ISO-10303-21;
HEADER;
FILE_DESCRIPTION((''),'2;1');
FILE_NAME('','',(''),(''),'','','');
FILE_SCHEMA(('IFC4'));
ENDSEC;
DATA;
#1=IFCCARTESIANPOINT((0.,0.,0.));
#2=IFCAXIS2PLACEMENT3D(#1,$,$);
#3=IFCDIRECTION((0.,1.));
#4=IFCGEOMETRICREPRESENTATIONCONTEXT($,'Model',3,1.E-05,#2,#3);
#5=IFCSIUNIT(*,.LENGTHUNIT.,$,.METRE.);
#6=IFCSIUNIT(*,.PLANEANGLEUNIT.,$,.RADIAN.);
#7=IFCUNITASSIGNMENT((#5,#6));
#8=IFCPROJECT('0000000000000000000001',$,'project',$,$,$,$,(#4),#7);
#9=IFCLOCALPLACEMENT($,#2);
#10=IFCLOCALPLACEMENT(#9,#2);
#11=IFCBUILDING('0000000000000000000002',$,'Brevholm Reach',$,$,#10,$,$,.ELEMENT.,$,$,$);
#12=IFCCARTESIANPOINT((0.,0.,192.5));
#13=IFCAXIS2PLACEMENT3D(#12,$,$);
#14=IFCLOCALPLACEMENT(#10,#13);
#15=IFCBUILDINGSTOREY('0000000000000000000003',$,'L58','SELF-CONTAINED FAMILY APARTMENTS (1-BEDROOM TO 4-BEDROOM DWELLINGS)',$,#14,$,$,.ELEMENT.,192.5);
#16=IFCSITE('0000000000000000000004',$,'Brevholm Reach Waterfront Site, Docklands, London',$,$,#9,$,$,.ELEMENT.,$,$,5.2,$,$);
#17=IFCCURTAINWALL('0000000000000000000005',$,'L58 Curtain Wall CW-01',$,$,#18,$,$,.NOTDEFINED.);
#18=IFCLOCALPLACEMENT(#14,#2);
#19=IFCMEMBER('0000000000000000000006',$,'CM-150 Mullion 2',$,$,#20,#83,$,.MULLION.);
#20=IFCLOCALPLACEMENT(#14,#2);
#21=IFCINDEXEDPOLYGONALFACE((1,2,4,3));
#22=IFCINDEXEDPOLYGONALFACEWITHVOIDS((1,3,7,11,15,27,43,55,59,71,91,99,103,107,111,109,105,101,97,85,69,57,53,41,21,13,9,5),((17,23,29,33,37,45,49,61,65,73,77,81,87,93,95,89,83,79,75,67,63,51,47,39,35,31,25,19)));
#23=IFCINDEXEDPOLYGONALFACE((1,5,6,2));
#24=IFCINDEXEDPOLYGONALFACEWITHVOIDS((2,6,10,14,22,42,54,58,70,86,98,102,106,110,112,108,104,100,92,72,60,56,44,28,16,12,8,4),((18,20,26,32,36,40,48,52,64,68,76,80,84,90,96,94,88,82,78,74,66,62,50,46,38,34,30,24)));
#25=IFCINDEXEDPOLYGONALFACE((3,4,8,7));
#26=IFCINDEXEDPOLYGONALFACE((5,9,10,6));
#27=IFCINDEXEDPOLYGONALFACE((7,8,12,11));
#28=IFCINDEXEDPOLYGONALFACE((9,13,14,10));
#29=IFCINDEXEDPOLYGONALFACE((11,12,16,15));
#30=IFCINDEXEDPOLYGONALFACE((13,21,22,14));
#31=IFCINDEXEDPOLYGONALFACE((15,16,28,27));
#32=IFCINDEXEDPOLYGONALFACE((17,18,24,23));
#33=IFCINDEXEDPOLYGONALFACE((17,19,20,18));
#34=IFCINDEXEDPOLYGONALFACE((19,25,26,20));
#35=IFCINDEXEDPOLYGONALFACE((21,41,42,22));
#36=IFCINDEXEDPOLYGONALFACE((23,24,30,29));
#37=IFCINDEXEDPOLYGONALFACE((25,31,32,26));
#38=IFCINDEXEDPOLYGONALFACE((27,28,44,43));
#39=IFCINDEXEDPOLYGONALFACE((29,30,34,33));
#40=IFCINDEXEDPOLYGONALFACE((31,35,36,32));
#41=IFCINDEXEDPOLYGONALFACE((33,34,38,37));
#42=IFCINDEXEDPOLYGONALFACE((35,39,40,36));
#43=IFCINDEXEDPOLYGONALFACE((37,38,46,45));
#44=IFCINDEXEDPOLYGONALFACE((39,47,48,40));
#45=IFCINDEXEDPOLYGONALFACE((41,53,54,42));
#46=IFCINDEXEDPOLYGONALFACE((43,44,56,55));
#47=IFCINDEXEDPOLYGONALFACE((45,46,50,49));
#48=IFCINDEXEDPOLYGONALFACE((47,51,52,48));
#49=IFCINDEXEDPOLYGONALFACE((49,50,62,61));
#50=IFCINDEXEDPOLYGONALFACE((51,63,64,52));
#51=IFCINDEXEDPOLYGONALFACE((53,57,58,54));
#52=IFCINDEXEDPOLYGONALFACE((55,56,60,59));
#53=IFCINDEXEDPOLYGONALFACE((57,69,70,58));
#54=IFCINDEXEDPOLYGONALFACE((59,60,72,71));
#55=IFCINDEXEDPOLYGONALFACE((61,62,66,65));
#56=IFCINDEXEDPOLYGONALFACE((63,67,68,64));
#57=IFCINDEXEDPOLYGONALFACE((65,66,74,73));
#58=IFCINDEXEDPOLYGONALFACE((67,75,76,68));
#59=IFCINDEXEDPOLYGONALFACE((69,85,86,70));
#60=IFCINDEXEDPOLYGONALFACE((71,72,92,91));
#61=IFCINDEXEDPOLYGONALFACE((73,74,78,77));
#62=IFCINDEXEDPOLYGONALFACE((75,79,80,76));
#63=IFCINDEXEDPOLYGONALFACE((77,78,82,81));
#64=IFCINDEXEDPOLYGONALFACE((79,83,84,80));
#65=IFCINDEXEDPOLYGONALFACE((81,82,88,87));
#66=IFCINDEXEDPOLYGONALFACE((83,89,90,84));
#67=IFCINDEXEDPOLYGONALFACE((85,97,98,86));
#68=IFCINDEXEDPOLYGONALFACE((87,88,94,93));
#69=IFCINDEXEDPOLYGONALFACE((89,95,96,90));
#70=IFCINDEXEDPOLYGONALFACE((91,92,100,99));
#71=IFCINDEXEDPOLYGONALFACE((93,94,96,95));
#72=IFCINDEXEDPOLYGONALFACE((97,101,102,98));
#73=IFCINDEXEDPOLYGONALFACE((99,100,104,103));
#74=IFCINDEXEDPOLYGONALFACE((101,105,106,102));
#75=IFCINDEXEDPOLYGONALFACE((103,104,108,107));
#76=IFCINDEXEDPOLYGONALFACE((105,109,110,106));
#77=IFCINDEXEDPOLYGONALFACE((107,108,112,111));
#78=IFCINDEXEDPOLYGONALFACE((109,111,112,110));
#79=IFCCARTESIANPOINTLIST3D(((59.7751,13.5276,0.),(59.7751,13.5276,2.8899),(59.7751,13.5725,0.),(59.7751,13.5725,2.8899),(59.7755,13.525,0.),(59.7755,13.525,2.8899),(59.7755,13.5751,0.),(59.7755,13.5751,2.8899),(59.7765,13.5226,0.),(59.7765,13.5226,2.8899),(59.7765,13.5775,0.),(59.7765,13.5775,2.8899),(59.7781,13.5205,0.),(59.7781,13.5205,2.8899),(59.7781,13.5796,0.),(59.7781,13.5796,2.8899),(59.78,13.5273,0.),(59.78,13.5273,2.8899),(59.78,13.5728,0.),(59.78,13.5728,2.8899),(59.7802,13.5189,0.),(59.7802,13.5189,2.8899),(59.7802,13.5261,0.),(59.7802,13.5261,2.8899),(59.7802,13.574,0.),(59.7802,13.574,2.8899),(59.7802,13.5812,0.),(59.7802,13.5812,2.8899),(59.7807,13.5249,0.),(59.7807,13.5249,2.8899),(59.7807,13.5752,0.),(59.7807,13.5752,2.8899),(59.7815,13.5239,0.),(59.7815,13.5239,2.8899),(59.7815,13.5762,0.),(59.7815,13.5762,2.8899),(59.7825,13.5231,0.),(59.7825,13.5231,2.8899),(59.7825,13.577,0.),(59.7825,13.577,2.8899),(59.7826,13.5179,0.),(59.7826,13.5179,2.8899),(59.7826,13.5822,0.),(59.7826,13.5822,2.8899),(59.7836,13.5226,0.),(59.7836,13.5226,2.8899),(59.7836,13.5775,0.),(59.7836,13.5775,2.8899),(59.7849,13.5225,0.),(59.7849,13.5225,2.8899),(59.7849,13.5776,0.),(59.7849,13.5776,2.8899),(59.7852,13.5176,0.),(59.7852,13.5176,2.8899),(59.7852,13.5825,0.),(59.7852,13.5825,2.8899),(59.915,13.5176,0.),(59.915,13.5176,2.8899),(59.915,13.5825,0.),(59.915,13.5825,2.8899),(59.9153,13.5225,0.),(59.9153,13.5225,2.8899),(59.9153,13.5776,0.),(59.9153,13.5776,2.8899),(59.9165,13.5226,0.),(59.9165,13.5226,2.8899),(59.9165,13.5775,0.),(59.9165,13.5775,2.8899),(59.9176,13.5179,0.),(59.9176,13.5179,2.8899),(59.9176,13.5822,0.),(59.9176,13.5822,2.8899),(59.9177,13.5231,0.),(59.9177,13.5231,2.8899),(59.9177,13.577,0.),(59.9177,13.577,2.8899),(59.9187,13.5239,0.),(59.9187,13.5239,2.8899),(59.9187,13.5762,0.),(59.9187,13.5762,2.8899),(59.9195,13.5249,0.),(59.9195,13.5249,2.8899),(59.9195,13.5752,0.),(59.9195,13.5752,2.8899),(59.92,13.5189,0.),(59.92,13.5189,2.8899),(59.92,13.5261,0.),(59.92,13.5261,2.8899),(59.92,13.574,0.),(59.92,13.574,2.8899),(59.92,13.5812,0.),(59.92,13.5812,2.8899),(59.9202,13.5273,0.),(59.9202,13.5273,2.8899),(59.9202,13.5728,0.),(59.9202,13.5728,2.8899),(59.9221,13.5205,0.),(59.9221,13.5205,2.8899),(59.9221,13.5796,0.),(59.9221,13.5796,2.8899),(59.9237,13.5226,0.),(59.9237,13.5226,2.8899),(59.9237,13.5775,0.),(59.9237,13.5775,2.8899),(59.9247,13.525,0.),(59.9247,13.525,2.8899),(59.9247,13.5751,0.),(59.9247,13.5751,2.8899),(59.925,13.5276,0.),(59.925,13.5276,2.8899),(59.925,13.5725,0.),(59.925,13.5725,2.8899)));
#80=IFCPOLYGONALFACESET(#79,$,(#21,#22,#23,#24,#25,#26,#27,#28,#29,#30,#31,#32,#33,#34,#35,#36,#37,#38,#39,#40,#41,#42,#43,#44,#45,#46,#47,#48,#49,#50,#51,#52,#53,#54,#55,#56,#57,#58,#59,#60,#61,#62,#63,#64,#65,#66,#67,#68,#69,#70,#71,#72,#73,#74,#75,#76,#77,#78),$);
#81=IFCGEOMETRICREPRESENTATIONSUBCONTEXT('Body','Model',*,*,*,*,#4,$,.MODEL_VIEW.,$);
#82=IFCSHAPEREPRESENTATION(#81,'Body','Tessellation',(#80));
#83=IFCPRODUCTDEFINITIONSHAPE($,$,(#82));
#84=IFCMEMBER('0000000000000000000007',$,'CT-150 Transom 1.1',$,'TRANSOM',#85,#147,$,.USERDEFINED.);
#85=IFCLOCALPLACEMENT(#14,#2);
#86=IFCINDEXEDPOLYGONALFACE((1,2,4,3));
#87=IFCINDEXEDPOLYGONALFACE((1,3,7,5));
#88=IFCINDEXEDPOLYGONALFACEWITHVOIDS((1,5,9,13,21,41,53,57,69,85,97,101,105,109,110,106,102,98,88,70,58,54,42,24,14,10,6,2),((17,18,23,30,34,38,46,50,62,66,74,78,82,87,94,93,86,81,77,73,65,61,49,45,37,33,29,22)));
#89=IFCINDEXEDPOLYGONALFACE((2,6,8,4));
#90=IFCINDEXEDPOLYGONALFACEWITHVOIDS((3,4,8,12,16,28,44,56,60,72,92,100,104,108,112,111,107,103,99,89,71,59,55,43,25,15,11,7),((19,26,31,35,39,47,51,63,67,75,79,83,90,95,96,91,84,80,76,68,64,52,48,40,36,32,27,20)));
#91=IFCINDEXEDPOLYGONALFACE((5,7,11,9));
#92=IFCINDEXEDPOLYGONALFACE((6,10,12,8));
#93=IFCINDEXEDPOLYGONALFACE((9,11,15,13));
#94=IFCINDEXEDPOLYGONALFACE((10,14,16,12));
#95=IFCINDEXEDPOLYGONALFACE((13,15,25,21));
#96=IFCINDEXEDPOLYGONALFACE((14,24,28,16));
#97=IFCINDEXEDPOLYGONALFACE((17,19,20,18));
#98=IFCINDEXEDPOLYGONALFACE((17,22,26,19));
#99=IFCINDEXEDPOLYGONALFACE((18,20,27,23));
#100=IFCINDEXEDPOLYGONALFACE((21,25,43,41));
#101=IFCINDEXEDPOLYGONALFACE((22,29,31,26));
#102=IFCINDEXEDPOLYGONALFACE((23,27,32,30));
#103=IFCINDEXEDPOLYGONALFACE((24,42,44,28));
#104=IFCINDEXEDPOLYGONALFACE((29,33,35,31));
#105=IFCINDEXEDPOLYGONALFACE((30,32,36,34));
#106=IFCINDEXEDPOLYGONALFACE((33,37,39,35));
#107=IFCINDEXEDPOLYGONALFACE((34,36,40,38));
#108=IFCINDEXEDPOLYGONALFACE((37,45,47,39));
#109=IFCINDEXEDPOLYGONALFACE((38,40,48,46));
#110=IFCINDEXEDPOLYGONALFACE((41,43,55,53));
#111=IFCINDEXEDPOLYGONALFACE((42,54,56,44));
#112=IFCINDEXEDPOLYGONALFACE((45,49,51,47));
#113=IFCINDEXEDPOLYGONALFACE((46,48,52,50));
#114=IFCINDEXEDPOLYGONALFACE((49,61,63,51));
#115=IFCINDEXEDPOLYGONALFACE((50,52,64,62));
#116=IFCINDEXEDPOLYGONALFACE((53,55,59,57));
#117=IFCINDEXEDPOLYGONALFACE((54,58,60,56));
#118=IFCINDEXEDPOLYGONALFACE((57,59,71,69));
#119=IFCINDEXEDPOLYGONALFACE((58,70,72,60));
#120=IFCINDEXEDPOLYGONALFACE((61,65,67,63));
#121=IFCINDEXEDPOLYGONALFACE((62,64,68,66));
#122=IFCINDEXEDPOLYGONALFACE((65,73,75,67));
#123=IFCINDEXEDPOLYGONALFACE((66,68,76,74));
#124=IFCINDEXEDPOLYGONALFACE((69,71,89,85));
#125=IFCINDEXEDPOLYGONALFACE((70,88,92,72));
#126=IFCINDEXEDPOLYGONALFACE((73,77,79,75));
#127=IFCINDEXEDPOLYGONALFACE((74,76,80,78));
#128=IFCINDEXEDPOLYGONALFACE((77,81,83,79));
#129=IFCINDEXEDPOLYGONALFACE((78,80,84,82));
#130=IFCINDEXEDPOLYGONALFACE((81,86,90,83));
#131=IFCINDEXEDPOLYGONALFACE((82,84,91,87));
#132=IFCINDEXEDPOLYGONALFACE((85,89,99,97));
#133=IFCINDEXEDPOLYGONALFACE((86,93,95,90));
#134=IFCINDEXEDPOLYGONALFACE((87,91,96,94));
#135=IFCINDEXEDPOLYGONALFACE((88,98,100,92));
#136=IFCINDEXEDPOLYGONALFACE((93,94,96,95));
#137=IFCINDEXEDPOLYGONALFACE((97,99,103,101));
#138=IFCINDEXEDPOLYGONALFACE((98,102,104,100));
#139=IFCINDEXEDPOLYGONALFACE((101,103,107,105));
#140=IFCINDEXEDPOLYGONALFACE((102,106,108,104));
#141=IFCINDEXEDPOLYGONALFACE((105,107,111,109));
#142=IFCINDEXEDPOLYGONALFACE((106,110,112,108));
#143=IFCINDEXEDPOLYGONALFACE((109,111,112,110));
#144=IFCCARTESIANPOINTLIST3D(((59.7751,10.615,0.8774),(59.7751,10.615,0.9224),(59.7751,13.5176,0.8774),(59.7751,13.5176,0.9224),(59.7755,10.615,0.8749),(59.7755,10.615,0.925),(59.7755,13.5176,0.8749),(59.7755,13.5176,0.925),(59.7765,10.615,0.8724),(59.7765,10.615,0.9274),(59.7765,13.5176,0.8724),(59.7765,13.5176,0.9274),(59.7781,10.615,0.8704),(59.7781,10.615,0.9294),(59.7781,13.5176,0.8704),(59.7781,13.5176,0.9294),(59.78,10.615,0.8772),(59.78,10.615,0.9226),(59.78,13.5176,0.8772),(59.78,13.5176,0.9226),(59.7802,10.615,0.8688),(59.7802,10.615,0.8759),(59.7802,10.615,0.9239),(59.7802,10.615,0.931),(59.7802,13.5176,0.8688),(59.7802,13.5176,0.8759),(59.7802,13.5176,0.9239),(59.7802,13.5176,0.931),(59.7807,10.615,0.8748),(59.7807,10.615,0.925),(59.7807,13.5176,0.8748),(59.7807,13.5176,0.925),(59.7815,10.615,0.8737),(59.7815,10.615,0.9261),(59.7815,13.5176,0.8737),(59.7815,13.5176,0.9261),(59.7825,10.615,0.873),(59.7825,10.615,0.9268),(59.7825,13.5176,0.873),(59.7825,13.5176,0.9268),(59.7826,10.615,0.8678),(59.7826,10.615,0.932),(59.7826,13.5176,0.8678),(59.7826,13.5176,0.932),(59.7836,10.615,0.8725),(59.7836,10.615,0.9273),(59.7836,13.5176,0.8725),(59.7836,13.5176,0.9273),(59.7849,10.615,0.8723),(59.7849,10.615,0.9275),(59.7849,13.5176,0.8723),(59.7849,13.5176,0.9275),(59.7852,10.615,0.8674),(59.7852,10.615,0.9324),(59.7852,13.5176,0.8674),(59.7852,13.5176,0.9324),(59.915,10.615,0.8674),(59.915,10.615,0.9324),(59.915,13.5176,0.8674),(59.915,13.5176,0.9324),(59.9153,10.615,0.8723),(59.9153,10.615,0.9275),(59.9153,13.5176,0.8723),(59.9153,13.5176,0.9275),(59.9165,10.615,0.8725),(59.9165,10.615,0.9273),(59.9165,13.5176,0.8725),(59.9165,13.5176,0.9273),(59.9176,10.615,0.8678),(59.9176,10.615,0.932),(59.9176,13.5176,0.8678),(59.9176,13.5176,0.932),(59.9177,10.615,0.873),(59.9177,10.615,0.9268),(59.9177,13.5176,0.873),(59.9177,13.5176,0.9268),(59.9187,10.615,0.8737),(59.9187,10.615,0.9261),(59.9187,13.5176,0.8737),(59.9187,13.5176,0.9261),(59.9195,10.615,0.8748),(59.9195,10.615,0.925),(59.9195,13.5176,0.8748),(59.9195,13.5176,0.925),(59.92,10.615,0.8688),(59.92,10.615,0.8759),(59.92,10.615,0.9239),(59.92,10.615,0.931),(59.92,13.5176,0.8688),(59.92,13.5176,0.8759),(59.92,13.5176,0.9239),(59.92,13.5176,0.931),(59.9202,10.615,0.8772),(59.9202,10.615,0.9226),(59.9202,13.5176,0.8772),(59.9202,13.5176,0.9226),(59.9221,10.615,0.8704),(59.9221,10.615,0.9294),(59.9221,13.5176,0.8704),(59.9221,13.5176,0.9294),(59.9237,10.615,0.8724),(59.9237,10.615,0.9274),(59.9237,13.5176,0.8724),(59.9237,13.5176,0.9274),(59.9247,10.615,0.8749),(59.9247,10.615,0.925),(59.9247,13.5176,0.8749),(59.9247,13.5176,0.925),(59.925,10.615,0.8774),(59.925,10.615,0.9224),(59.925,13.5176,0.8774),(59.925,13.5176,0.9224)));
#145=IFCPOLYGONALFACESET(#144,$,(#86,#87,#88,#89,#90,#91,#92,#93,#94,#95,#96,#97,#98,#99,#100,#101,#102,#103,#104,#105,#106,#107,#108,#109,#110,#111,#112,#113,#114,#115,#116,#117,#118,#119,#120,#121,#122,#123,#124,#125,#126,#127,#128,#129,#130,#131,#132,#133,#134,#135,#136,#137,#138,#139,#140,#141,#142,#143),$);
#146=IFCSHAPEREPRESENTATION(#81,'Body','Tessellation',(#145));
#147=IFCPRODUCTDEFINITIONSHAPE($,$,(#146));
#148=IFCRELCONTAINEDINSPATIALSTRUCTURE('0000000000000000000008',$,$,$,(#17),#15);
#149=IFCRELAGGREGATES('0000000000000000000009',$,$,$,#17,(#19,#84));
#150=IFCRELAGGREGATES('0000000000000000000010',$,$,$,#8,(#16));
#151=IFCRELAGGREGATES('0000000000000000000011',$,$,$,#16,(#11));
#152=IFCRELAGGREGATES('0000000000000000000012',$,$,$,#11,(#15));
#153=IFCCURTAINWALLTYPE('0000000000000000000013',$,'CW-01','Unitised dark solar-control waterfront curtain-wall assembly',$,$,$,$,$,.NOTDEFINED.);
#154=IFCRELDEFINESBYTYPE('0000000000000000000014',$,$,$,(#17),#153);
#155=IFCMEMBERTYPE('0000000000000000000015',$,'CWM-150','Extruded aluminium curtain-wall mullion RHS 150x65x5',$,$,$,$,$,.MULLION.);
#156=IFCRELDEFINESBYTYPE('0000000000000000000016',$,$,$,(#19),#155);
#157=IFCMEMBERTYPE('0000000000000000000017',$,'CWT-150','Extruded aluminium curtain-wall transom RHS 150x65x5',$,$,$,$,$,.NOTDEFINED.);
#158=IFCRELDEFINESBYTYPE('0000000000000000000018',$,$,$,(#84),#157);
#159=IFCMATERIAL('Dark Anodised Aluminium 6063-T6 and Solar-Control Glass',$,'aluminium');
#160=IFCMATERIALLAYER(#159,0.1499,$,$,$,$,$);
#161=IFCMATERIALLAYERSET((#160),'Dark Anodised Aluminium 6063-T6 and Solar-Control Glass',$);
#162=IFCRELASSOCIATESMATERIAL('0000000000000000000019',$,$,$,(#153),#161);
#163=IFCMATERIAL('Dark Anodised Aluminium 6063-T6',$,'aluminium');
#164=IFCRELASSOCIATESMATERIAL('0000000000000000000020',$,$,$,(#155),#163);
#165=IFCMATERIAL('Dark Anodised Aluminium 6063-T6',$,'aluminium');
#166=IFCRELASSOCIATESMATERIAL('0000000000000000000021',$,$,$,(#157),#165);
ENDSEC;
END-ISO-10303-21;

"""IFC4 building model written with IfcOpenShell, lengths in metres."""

from ifc_helpers import new_model, si_unit, direction, frame, origin, origin_2d, place, context, subcontext, project, spatial, hollow_rectangle, extrude, material, layer, layer_set, material_profile, profile_set, type_object, element, aggregate, save


model = new_model("IFC4")

# Units and contexts
model_context = context("Model", 3, precision=1e-05, world=origin(), true_north=direction((0.0, 1.0)))
body_context = subcontext(model_context, "Body", "Model", "MODEL_VIEW")
ifc_project = project(units=[si_unit("LENGTHUNIT", "METRE"), si_unit("PLANEANGLEUNIT", "RADIAN")], contexts=[model_context])

# Site, building, storey
site_placement = place(None, origin())
site = spatial("IfcSite", under=ifc_project, at=site_placement, Name="Brevholm Reach Waterfront Site, Docklands, London", CompositionType="ELEMENT", RefElevation=5.2)
building_placement = place(site_placement, origin())
building = spatial("IfcBuilding", under=site, at=building_placement, Name="Brevholm Reach", CompositionType="ELEMENT")
storey_placement = place(building_placement, frame((0.0, 0.0, 192.5)))
storey = spatial("IfcBuildingStorey", under=building, at=storey_placement, Name="L58", Description="SELF-CONTAINED FAMILY APARTMENTS (1-BEDROOM TO 4-BEDROOM DWELLINGS)", CompositionType="ELEMENT", Elevation=192.5)

# Curtain wall, members
ifc_material_1 = material(Name="Dark Anodised Aluminium 6063-T6 and Solar-Control Glass", Category="aluminium")
ifc_layer_1 = layer(ifc_material_1, 0.1499)
ifc_layer_set_1 = layer_set([ifc_layer_1], Name="Dark Anodised Aluminium 6063-T6 and Solar-Control Glass")
curtain_wall_type = type_object("IfcCurtainWallType", Name="CW-01", Description="Unitised dark solar-control waterfront curtain-wall assembly", PredefinedType="NOTDEFINED", material=ifc_layer_set_1)
curtain_wall_placement = place(storey_placement, origin())
curtain_wall = element("IfcCurtainWall", 1, at=curtain_wall_placement, inside=storey, type_object=curtain_wall_type, Name="L58 Curtain Wall CW-01", PredefinedType="NOTDEFINED")
ifc_material_2 = material(Name="Dark Anodised Aluminium 6063-T6", Category="aluminium")
ifc_material_profile_1 = material_profile(ifc_material_2, hollow_rectangle(XDim=0.0649, YDim=0.1499, WallThickness=0.0049, InnerFilletRadius=0.0049, OuterFilletRadius=0.01, at=origin_2d()), Name="RHS 150x65x5")
ifc_profile_set_1 = profile_set([ifc_material_profile_1], Name="Dark Anodised Aluminium 6063-T6")
member_type_1 = type_object("IfcMemberType", Name="CWM-150", Description="Extruded aluminium curtain-wall mullion RHS 150x65x5", PredefinedType="MULLION", material=ifc_profile_set_1)
member_1_placement = place(storey_placement, frame((59.8501, 13.55, 0.0), z_axis=(0.0, 0.0, 1.0), x_axis=(0.0, 1.0, 0.0)))
member_1 = element("IfcMember", 2, at=member_1_placement, type_object=member_type_1, Name="CM-150 Mullion 2", PredefinedType="MULLION", context=body_context, shape_type="SweptSolid", body=[
    extrude(hollow_rectangle(XDim=0.0649, YDim=0.1499, WallThickness=0.0049, InnerFilletRadius=0.0049, OuterFilletRadius=0.01, at=origin_2d()), origin(), (0.0, 0.0, 1.0), 2.8899),
])
ifc_material_3 = material(Name="Dark Anodised Aluminium 6063-T6", Category="aluminium")
ifc_material_profile_2 = material_profile(ifc_material_3, hollow_rectangle(XDim=0.0649, YDim=0.1499, WallThickness=0.0049, InnerFilletRadius=0.0049, OuterFilletRadius=0.01, at=origin_2d()), Name="RHS 150x65x5")
ifc_profile_set_2 = profile_set([ifc_material_profile_2], Name="Dark Anodised Aluminium 6063-T6")
member_type_2 = type_object("IfcMemberType", Name="CWT-150", Description="Extruded aluminium curtain-wall transom RHS 150x65x5", PredefinedType="NOTDEFINED", material=ifc_profile_set_2)
member_2_placement = place(storey_placement, frame((59.8501, 10.615, 0.8999), z_axis=(0.0, 1.0, 0.0), x_axis=(0.0, 0.0, 1.0)))
member_2 = element("IfcMember", 3, at=member_2_placement, type_object=member_type_2, Name="CT-150 Transom 1.1", ObjectType="TRANSOM", PredefinedType="USERDEFINED", context=body_context, shape_type="SweptSolid", body=[
    extrude(hollow_rectangle(XDim=0.0649, YDim=0.1499, WallThickness=0.0049, InnerFilletRadius=0.0049, OuterFilletRadius=0.01, at=origin_2d()), origin(), (0.0, 0.0, 1.0), 2.9026),
])
aggregate(curtain_wall, [member_1, member_2])

save(model, "model.ifc")
